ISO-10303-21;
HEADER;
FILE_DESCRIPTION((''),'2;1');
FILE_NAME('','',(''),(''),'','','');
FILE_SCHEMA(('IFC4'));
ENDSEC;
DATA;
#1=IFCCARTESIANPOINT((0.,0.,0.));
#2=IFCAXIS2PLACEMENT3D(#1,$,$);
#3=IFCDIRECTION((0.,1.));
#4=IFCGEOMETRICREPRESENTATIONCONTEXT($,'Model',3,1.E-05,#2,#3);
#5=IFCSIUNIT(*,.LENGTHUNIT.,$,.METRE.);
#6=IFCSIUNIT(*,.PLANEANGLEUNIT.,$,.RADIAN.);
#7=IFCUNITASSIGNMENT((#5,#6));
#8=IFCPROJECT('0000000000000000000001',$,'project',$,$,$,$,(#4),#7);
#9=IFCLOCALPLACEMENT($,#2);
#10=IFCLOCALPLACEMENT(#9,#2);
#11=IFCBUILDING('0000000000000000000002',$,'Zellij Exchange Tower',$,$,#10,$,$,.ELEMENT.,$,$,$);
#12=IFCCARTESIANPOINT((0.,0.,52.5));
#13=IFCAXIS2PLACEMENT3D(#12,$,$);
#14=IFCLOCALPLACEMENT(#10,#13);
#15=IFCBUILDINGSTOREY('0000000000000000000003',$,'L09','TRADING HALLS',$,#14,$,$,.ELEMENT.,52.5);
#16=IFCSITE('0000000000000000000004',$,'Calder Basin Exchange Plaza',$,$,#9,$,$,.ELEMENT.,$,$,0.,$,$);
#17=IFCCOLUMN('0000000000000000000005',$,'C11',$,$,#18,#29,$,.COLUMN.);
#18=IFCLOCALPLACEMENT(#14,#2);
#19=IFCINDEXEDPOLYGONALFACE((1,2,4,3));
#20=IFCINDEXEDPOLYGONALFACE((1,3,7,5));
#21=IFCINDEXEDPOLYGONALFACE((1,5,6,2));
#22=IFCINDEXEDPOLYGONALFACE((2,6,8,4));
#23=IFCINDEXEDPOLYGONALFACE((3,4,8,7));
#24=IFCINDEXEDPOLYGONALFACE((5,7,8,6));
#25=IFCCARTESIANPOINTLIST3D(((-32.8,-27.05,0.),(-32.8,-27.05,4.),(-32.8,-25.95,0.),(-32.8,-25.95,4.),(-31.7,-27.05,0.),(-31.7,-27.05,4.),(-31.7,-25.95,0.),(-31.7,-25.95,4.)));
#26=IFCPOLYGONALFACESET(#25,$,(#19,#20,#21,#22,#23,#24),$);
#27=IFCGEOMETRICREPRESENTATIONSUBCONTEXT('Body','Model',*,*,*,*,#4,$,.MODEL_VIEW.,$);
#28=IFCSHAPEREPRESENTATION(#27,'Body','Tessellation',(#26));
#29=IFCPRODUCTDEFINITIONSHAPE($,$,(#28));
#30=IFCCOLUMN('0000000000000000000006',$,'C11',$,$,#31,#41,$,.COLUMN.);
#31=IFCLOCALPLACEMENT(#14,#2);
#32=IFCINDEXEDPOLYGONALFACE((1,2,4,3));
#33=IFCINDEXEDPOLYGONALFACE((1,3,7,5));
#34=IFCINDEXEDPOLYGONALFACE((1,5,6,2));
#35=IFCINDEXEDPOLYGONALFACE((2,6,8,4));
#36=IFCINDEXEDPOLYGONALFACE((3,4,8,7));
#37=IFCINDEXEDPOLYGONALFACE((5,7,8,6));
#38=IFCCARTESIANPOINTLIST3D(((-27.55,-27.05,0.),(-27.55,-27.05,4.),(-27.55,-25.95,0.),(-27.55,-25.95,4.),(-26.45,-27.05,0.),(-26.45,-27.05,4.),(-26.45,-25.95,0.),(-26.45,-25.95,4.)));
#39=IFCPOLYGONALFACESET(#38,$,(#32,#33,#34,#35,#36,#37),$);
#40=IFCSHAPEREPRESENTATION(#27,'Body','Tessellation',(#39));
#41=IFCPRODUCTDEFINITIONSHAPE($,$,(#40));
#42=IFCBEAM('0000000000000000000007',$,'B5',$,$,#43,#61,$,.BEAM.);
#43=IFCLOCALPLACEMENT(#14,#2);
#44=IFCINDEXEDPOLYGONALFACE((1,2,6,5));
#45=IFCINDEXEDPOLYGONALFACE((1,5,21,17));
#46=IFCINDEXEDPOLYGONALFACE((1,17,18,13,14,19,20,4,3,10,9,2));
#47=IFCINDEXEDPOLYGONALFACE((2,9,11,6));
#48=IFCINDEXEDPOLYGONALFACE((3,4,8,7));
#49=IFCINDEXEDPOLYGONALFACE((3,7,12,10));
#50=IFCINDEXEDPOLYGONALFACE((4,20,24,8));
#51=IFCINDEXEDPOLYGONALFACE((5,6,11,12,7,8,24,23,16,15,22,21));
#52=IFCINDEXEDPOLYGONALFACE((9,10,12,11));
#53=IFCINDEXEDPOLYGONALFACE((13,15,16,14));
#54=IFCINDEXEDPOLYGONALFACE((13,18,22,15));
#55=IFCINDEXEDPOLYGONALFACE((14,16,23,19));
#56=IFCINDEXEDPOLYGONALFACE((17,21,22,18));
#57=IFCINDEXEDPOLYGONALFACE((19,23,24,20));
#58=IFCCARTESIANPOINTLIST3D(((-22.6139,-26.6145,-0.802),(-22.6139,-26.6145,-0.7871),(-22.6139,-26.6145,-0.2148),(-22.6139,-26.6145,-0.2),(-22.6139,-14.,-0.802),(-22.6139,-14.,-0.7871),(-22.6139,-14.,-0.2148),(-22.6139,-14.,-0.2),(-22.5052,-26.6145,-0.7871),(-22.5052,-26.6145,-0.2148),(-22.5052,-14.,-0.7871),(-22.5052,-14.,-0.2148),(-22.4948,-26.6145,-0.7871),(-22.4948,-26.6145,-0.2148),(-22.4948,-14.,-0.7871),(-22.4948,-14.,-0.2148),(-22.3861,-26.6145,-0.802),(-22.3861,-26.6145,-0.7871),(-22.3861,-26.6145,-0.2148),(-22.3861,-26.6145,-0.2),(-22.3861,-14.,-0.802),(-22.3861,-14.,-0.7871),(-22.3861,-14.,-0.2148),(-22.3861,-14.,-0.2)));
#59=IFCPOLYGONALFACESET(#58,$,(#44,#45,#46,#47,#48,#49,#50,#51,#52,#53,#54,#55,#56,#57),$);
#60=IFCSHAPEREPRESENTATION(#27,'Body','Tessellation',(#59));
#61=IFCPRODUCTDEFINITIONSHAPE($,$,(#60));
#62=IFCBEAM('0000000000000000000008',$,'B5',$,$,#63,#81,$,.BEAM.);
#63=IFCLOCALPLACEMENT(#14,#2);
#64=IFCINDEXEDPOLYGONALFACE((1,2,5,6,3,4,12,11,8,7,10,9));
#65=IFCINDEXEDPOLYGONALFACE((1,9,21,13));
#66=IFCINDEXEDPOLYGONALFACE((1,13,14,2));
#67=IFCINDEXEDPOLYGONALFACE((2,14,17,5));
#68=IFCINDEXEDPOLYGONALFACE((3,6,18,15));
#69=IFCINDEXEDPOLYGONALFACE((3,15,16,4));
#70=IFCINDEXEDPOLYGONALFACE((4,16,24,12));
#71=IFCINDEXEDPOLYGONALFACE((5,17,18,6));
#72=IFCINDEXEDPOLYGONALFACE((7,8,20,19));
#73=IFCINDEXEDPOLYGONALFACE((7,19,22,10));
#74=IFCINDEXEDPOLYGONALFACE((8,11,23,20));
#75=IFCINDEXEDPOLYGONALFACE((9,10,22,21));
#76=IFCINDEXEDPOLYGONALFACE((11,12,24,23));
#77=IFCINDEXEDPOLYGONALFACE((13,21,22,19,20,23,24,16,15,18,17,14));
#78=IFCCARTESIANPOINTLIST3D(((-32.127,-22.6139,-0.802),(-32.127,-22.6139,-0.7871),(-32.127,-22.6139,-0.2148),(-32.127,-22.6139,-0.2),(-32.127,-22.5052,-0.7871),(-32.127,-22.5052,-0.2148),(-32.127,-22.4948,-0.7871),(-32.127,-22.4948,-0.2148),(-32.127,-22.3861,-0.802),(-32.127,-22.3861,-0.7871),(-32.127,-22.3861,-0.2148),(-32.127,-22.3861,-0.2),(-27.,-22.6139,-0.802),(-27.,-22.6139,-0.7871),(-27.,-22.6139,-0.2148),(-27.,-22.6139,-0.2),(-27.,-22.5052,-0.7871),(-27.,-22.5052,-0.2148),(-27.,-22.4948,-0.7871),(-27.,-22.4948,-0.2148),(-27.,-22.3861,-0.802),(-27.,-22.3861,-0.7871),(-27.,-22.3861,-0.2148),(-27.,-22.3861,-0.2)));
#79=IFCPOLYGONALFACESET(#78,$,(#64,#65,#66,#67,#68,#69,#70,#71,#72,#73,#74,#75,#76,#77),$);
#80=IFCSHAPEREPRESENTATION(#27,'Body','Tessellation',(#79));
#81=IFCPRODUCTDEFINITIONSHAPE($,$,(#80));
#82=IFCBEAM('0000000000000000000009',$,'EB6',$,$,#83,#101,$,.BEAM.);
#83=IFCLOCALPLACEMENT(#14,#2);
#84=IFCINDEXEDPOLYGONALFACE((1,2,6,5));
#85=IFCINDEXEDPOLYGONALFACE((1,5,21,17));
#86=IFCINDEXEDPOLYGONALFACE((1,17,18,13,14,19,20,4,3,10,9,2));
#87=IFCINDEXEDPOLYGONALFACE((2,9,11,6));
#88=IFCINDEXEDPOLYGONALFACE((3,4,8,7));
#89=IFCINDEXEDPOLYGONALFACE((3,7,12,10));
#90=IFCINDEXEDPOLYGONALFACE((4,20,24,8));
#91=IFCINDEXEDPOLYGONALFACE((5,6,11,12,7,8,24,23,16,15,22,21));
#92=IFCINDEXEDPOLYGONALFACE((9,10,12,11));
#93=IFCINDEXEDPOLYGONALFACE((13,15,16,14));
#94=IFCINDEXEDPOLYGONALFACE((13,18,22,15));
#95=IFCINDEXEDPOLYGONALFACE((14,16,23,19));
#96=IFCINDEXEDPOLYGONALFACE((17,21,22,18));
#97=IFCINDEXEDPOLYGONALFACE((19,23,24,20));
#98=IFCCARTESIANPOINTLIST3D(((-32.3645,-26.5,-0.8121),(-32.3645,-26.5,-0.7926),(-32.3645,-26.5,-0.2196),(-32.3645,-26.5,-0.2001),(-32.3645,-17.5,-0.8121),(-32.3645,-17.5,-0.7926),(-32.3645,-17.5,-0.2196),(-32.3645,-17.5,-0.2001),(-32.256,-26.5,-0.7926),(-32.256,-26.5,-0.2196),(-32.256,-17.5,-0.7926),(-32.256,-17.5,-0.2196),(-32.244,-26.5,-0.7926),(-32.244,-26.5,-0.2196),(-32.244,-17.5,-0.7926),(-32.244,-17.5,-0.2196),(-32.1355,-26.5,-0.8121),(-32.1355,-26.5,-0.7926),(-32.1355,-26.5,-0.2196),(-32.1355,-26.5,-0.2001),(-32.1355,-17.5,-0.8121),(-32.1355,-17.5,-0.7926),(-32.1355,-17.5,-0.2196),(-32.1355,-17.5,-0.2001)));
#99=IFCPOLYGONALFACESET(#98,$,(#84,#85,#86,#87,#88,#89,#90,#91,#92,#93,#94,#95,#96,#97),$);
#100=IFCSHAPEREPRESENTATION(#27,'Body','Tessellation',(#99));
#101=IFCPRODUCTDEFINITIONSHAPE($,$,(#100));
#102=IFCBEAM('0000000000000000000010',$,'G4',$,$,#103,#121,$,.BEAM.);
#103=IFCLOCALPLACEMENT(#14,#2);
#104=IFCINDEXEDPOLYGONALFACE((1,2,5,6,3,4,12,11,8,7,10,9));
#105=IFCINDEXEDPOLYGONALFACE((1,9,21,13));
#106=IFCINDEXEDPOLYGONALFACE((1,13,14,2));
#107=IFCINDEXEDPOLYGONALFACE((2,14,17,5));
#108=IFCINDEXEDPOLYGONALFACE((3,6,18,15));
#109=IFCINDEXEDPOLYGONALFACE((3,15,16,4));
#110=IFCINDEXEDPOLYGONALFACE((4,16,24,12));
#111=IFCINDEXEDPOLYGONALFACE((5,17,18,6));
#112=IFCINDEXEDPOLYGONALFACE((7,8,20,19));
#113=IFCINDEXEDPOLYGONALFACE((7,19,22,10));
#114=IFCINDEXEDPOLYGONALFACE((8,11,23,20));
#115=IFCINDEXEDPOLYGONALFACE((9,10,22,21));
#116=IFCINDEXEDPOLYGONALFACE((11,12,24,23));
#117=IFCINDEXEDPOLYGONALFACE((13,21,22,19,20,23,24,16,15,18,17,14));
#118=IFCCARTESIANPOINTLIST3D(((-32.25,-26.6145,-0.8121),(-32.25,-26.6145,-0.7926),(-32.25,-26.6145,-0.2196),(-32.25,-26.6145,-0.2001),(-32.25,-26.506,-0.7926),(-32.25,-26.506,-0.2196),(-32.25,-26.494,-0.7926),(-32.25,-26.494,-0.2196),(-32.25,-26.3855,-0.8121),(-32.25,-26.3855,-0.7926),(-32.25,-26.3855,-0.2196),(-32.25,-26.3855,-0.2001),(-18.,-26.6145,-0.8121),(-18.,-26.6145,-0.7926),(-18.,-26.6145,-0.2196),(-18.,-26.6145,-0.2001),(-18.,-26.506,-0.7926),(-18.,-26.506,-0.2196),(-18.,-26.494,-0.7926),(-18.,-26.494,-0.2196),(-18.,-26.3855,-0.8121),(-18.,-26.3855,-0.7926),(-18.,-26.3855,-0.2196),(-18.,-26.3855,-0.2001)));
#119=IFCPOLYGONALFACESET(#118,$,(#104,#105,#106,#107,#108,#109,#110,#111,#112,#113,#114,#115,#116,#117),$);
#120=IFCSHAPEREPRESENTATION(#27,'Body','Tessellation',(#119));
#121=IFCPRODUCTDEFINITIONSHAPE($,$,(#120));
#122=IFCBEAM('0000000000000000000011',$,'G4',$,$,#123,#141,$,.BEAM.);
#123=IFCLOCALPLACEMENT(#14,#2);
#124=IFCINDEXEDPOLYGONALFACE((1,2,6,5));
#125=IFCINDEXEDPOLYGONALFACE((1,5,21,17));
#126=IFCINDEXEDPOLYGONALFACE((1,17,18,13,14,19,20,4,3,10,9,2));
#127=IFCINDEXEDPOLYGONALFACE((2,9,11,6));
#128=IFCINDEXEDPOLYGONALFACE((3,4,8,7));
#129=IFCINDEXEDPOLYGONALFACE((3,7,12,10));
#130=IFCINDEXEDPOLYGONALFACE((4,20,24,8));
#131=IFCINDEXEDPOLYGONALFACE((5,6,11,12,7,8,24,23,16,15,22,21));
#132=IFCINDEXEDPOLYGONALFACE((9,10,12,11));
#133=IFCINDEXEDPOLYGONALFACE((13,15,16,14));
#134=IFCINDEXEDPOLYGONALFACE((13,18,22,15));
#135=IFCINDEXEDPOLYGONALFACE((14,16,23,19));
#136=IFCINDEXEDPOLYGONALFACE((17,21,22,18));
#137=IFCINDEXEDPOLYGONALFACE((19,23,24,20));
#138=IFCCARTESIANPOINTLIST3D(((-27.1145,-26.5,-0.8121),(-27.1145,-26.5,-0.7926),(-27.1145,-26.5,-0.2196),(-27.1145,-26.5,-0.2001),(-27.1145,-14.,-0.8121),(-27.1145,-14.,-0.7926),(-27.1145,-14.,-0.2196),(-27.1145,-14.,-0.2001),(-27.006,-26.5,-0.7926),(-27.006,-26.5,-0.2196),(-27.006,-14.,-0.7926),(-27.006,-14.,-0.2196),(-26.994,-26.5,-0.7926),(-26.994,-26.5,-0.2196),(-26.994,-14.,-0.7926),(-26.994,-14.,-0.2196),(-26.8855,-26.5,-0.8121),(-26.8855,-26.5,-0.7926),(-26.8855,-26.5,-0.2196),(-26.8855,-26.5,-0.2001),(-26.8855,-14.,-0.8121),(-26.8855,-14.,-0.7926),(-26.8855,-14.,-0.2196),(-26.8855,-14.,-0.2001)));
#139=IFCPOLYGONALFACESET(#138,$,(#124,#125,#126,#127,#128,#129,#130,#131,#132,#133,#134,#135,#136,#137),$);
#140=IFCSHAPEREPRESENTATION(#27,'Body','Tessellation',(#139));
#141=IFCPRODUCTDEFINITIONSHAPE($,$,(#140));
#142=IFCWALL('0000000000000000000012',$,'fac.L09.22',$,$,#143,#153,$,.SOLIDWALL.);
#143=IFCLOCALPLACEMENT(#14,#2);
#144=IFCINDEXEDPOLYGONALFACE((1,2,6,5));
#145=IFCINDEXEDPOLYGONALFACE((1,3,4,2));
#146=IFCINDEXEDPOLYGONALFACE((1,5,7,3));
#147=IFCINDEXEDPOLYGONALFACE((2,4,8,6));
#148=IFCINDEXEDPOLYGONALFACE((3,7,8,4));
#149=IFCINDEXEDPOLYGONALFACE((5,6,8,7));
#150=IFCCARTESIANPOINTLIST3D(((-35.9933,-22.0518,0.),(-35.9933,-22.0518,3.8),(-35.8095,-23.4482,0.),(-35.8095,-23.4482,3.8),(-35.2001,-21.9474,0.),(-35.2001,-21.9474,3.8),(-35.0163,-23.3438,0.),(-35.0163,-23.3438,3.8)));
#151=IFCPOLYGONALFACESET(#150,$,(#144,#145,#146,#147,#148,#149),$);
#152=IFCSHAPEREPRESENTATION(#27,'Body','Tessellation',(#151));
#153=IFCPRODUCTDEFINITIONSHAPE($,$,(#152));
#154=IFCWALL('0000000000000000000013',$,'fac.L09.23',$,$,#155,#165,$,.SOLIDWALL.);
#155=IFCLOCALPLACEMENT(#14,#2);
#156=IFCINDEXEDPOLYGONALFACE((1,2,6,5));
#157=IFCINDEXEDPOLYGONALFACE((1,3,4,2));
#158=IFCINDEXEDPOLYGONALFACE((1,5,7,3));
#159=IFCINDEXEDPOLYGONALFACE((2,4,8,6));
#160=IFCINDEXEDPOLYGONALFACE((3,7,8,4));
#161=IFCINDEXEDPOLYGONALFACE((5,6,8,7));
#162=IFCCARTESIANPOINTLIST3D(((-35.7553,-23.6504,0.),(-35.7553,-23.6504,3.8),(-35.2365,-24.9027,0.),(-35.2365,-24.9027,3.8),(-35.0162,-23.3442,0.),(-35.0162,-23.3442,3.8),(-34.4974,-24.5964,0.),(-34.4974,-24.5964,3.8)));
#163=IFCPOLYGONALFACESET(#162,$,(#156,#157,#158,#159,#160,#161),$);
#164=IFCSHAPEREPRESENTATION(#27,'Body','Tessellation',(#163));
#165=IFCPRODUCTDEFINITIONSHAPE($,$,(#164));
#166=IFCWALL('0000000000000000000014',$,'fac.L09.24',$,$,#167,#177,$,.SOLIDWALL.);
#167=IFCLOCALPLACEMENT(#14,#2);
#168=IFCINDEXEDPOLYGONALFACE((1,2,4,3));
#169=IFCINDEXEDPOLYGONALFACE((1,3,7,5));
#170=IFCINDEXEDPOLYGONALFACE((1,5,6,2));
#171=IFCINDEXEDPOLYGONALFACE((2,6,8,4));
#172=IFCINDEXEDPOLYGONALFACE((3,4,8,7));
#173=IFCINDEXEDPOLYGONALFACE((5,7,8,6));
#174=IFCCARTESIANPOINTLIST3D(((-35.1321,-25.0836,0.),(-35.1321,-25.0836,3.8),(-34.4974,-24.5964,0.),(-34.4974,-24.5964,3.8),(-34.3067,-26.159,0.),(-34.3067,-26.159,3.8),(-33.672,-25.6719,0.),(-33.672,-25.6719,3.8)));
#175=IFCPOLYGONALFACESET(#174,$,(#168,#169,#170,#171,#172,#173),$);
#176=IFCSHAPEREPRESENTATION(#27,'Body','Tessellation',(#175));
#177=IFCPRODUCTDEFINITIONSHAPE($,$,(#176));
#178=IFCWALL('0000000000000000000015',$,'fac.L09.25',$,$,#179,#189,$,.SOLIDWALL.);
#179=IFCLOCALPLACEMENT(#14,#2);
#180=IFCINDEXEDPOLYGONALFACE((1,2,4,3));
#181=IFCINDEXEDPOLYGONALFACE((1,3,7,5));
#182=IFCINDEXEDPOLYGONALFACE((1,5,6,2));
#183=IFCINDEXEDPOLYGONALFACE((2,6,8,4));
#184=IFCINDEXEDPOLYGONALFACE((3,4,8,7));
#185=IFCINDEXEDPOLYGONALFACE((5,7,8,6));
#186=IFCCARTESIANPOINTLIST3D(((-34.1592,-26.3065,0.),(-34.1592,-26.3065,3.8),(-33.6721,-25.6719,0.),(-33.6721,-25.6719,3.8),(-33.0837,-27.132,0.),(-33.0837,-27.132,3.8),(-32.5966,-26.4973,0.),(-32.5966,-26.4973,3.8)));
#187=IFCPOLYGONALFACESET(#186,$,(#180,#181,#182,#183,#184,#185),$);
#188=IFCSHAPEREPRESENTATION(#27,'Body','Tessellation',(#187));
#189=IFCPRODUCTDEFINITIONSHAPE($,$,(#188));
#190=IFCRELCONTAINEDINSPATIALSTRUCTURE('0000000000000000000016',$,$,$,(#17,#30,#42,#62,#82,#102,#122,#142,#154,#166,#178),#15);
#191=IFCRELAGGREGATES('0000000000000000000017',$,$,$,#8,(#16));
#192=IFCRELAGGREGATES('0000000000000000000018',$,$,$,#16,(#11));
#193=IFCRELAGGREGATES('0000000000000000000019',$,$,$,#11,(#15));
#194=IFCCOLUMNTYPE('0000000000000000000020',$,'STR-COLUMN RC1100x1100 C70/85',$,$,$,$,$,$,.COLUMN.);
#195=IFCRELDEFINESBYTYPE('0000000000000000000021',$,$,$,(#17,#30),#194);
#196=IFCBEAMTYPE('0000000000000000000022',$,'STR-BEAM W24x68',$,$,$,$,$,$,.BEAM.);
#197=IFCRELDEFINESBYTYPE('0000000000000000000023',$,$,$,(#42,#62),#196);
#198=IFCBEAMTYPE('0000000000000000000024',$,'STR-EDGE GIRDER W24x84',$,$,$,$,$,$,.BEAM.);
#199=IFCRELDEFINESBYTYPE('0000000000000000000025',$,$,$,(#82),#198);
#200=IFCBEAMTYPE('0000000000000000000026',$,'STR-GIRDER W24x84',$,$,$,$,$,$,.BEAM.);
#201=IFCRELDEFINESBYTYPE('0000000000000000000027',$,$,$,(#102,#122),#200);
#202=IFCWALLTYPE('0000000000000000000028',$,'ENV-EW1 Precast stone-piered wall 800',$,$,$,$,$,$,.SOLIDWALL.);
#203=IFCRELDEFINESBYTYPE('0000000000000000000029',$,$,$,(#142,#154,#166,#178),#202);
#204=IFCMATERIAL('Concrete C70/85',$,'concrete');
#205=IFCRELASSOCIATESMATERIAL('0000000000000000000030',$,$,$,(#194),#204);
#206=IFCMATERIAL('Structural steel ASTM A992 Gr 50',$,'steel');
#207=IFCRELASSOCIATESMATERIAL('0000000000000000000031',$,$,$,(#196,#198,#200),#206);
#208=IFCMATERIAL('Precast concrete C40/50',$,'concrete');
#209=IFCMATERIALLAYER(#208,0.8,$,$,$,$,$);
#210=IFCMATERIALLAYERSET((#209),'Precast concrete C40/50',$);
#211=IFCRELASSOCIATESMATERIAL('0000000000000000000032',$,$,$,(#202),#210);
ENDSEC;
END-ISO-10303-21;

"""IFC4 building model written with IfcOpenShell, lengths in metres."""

from ifc_helpers import new_model, si_unit, direction, frame, frame_2d, origin, origin_2d, place, context, subcontext, project, spatial, rectangle, i_section, extrude, material, layer, layer_set, material_profile, profile_set, type_object, element, save


model = new_model("IFC4")

# Units and contexts
model_context = context("Model", 3, precision=1e-05, world=origin(), true_north=direction((0.0, 1.0)))
body_context = subcontext(model_context, "Body", "Model", "MODEL_VIEW")
ifc_project = project(units=[si_unit("LENGTHUNIT", "METRE"), si_unit("PLANEANGLEUNIT", "RADIAN")], contexts=[model_context])

# Site, building, storey
site_placement = place(None, origin())
site = spatial("IfcSite", under=ifc_project, at=site_placement, Name="Calder Basin Exchange Plaza", CompositionType="ELEMENT", RefElevation=0.0)
building_placement = place(site_placement, origin())
building = spatial("IfcBuilding", under=site, at=building_placement, Name="Zellij Exchange Tower", CompositionType="ELEMENT")
storey_placement = place(building_placement, frame((0.0, 0.0, 52.5)))
storey = spatial("IfcBuildingStorey", under=building, at=storey_placement, Name="L09", Description="TRADING HALLS", CompositionType="ELEMENT", Elevation=52.5)

# Columns
ifc_material_1 = material(Name="Concrete C70/85", Category="concrete")
ifc_material_profile_1 = material_profile(ifc_material_1, rectangle(XDim=1.1001, YDim=1.1001, at=origin_2d()), Name="STR-COLUMN RC1100x1100 C70/85")
ifc_profile_set_1 = profile_set([ifc_material_profile_1], Name="Concrete C70/85")
column_type = type_object("IfcColumnType", Name="STR-COLUMN RC1100x1100 C70/85", PredefinedType="COLUMN", material=ifc_profile_set_1)
for number, where, z_axis, x_axis, name in (
    (1, (-32.25, -26.5, 0.0), (0.0, 0.0, 1.0), (1.0, 0.0, 0.0), "C11"),
    (2, (-27.0, -26.5, 0.0), (0.0, 0.0, 1.0), (1.0, 0.0, 0.0), "C11"),
):
    element("IfcColumn", number, at=place(storey_placement, frame(where, z_axis=z_axis, x_axis=x_axis)), inside=storey, type_object=column_type, Name=name, PredefinedType="COLUMN", context=body_context, shape_type="SweptSolid", body=[
        extrude(rectangle(XDim=1.1001, YDim=1.1001, at=origin_2d()), origin(), (0.0, 0.0, 1.0), 4.0),
    ])

# Beams
ifc_material_2 = material(Name="Structural steel ASTM A992 Gr 50", Category="steel")
ifc_material_profile_2 = material_profile(ifc_material_2, i_section(OverallWidth=0.2278, OverallDepth=0.6021, WebThickness=0.0105, FlangeThickness=0.0149, at=origin_2d()), Name="W24x68")
ifc_profile_set_2 = profile_set([ifc_material_profile_2], Name="Structural steel ASTM A992 Gr 50")
beam_type_1 = type_object("IfcBeamType", Name="STR-BEAM W24x68", PredefinedType="BEAM", material=ifc_profile_set_2)
beam_1_placement = place(storey_placement, frame((-22.5, -26.6145, -0.501), z_axis=(0.0, 1.0, 0.0), x_axis=(-1.0, 0.0, 0.0)))
element("IfcBeam", 3, at=beam_1_placement, inside=storey, type_object=beam_type_1, Name="B5", PredefinedType="BEAM", context=body_context, shape_type="SweptSolid", body=[
    extrude(i_section(OverallWidth=0.2278, OverallDepth=0.6021, WebThickness=0.0105, FlangeThickness=0.0149, at=origin_2d()), origin(), (0.0, 0.0, 1.0), 12.6145),
])
beam_2_placement = place(storey_placement, frame((-32.127, -22.5, -0.501), z_axis=(1.0, 0.0, 0.0), x_axis=(0.0, 1.0, 0.0)))
element("IfcBeam", 4, at=beam_2_placement, inside=storey, type_object=beam_type_1, Name="B5", PredefinedType="BEAM", context=body_context, shape_type="SweptSolid", body=[
    extrude(i_section(OverallWidth=0.2278, OverallDepth=0.6021, WebThickness=0.0105, FlangeThickness=0.0149, at=origin_2d()), origin(), (0.0, 0.0, 1.0), 5.127),
])
ifc_material_profile_3 = material_profile(ifc_material_2, i_section(OverallWidth=0.229, OverallDepth=0.6121, WebThickness=0.012, FlangeThickness=0.0195, at=origin_2d()), Name="W24x84")
ifc_profile_set_3 = profile_set([ifc_material_profile_3], Name="Structural steel ASTM A992 Gr 50")
beam_type_2 = type_object("IfcBeamType", Name="STR-EDGE GIRDER W24x84", PredefinedType="BEAM", material=ifc_profile_set_3)
beam_3_placement = place(storey_placement, frame((-32.25, -26.5, -0.5061), z_axis=(0.0, 1.0, 0.0), x_axis=(-1.0, 0.0, 0.0)))
element("IfcBeam", 5, at=beam_3_placement, inside=storey, type_object=beam_type_2, Name="EB6", PredefinedType="BEAM", context=body_context, shape_type="SweptSolid", body=[
    extrude(i_section(OverallWidth=0.229, OverallDepth=0.6121, WebThickness=0.012, FlangeThickness=0.0195, at=origin_2d()), origin(), (0.0, 0.0, 1.0), 9.0),
])
ifc_material_profile_4 = material_profile(ifc_material_2, i_section(OverallWidth=0.229, OverallDepth=0.6121, WebThickness=0.012, FlangeThickness=0.0195, at=origin_2d()), Name="W24x84")
ifc_profile_set_4 = profile_set([ifc_material_profile_4], Name="Structural steel ASTM A992 Gr 50")
beam_type_3 = type_object("IfcBeamType", Name="STR-GIRDER W24x84", PredefinedType="BEAM", material=ifc_profile_set_4)
beam_4_placement = place(storey_placement, frame((-32.25, -26.5, -0.5061), z_axis=(1.0, 0.0, 0.0), x_axis=(0.0, 1.0, 0.0)))
element("IfcBeam", 6, at=beam_4_placement, inside=storey, type_object=beam_type_3, Name="G4", PredefinedType="BEAM", context=body_context, shape_type="SweptSolid", body=[
    extrude(i_section(OverallWidth=0.229, OverallDepth=0.6121, WebThickness=0.012, FlangeThickness=0.0195, at=origin_2d()), origin(), (0.0, 0.0, 1.0), 14.25),
])
beam_5_placement = place(storey_placement, frame((-27.0, -26.5, -0.5061), z_axis=(0.0, 1.0, 0.0), x_axis=(-1.0, 0.0, 0.0)))
element("IfcBeam", 7, at=beam_5_placement, inside=storey, type_object=beam_type_3, Name="G4", PredefinedType="BEAM", context=body_context, shape_type="SweptSolid", body=[
    extrude(i_section(OverallWidth=0.229, OverallDepth=0.6121, WebThickness=0.012, FlangeThickness=0.0195, at=origin_2d()), origin(), (0.0, 0.0, 1.0), 12.5),
])

# Walls
ifc_material_3 = material(Name="Precast concrete C40/50", Category="concrete")
ifc_layer_1 = layer(ifc_material_3, 0.8)
ifc_layer_set_1 = layer_set([ifc_layer_1], Name="Precast concrete C40/50")
wall_type = type_object("IfcWallType", Name="ENV-EW1 Precast stone-piered wall 800", PredefinedType="SOLIDWALL", material=ifc_layer_set_1)
wall_1_placement = place(storey_placement, frame((-35.5967, -21.9998, 0.0), z_axis=(0.0, 0.0, 1.0), x_axis=(0.130517, -0.991446, 0.0)))
element("IfcWall", 8, at=wall_1_placement, inside=storey, type_object=wall_type, Name="fac.L09.22", PredefinedType="SOLIDWALL", context=body_context, shape_type="SweptSolid", body=[
    extrude(rectangle(XDim=1.4084, YDim=0.8, at=frame_2d((0.7041, 0.0))), origin(), (0.0, 0.0, 1.0), 3.8),
])
wall_2_placement = place(storey_placement, frame((-35.3857, -23.4973, 0.0), z_axis=(0.0, 0.0, 1.0), x_axis=(0.38276, -0.923848, 0.0)))
element("IfcWall", 9, at=wall_2_placement, inside=storey, type_object=wall_type, Name="fac.L09.23", PredefinedType="SOLIDWALL", context=body_context, shape_type="SweptSolid", body=[
    extrude(rectangle(XDim=1.3555, YDim=0.8, at=frame_2d((0.6777, 0.0))), origin(), (0.0, 0.0, 1.0), 3.8),
])
for number, where, z_axis, x_axis, name in (
    (10, (-34.8147, -24.8401, 0.0), (0.0, 0.0, 1.0), (0.608866, -0.793273, 0.0), "fac.L09.24"),
    (11, (-33.9155, -25.9893, 0.0), (0.0, 0.0, 1.0), (0.793273, -0.608866, 0.0), "fac.L09.25"),
):
    element("IfcWall", number, at=place(storey_placement, frame(where, z_axis=z_axis, x_axis=x_axis)), inside=storey, type_object=wall_type, Name=name, PredefinedType="SOLIDWALL", context=body_context, shape_type="SweptSolid", body=[
        extrude(rectangle(XDim=1.3557, YDim=0.8, at=frame_2d((0.6777, 0.0))), origin(), (0.0, 0.0, 1.0), 3.8),
    ])

save(model, "model.ifc")
